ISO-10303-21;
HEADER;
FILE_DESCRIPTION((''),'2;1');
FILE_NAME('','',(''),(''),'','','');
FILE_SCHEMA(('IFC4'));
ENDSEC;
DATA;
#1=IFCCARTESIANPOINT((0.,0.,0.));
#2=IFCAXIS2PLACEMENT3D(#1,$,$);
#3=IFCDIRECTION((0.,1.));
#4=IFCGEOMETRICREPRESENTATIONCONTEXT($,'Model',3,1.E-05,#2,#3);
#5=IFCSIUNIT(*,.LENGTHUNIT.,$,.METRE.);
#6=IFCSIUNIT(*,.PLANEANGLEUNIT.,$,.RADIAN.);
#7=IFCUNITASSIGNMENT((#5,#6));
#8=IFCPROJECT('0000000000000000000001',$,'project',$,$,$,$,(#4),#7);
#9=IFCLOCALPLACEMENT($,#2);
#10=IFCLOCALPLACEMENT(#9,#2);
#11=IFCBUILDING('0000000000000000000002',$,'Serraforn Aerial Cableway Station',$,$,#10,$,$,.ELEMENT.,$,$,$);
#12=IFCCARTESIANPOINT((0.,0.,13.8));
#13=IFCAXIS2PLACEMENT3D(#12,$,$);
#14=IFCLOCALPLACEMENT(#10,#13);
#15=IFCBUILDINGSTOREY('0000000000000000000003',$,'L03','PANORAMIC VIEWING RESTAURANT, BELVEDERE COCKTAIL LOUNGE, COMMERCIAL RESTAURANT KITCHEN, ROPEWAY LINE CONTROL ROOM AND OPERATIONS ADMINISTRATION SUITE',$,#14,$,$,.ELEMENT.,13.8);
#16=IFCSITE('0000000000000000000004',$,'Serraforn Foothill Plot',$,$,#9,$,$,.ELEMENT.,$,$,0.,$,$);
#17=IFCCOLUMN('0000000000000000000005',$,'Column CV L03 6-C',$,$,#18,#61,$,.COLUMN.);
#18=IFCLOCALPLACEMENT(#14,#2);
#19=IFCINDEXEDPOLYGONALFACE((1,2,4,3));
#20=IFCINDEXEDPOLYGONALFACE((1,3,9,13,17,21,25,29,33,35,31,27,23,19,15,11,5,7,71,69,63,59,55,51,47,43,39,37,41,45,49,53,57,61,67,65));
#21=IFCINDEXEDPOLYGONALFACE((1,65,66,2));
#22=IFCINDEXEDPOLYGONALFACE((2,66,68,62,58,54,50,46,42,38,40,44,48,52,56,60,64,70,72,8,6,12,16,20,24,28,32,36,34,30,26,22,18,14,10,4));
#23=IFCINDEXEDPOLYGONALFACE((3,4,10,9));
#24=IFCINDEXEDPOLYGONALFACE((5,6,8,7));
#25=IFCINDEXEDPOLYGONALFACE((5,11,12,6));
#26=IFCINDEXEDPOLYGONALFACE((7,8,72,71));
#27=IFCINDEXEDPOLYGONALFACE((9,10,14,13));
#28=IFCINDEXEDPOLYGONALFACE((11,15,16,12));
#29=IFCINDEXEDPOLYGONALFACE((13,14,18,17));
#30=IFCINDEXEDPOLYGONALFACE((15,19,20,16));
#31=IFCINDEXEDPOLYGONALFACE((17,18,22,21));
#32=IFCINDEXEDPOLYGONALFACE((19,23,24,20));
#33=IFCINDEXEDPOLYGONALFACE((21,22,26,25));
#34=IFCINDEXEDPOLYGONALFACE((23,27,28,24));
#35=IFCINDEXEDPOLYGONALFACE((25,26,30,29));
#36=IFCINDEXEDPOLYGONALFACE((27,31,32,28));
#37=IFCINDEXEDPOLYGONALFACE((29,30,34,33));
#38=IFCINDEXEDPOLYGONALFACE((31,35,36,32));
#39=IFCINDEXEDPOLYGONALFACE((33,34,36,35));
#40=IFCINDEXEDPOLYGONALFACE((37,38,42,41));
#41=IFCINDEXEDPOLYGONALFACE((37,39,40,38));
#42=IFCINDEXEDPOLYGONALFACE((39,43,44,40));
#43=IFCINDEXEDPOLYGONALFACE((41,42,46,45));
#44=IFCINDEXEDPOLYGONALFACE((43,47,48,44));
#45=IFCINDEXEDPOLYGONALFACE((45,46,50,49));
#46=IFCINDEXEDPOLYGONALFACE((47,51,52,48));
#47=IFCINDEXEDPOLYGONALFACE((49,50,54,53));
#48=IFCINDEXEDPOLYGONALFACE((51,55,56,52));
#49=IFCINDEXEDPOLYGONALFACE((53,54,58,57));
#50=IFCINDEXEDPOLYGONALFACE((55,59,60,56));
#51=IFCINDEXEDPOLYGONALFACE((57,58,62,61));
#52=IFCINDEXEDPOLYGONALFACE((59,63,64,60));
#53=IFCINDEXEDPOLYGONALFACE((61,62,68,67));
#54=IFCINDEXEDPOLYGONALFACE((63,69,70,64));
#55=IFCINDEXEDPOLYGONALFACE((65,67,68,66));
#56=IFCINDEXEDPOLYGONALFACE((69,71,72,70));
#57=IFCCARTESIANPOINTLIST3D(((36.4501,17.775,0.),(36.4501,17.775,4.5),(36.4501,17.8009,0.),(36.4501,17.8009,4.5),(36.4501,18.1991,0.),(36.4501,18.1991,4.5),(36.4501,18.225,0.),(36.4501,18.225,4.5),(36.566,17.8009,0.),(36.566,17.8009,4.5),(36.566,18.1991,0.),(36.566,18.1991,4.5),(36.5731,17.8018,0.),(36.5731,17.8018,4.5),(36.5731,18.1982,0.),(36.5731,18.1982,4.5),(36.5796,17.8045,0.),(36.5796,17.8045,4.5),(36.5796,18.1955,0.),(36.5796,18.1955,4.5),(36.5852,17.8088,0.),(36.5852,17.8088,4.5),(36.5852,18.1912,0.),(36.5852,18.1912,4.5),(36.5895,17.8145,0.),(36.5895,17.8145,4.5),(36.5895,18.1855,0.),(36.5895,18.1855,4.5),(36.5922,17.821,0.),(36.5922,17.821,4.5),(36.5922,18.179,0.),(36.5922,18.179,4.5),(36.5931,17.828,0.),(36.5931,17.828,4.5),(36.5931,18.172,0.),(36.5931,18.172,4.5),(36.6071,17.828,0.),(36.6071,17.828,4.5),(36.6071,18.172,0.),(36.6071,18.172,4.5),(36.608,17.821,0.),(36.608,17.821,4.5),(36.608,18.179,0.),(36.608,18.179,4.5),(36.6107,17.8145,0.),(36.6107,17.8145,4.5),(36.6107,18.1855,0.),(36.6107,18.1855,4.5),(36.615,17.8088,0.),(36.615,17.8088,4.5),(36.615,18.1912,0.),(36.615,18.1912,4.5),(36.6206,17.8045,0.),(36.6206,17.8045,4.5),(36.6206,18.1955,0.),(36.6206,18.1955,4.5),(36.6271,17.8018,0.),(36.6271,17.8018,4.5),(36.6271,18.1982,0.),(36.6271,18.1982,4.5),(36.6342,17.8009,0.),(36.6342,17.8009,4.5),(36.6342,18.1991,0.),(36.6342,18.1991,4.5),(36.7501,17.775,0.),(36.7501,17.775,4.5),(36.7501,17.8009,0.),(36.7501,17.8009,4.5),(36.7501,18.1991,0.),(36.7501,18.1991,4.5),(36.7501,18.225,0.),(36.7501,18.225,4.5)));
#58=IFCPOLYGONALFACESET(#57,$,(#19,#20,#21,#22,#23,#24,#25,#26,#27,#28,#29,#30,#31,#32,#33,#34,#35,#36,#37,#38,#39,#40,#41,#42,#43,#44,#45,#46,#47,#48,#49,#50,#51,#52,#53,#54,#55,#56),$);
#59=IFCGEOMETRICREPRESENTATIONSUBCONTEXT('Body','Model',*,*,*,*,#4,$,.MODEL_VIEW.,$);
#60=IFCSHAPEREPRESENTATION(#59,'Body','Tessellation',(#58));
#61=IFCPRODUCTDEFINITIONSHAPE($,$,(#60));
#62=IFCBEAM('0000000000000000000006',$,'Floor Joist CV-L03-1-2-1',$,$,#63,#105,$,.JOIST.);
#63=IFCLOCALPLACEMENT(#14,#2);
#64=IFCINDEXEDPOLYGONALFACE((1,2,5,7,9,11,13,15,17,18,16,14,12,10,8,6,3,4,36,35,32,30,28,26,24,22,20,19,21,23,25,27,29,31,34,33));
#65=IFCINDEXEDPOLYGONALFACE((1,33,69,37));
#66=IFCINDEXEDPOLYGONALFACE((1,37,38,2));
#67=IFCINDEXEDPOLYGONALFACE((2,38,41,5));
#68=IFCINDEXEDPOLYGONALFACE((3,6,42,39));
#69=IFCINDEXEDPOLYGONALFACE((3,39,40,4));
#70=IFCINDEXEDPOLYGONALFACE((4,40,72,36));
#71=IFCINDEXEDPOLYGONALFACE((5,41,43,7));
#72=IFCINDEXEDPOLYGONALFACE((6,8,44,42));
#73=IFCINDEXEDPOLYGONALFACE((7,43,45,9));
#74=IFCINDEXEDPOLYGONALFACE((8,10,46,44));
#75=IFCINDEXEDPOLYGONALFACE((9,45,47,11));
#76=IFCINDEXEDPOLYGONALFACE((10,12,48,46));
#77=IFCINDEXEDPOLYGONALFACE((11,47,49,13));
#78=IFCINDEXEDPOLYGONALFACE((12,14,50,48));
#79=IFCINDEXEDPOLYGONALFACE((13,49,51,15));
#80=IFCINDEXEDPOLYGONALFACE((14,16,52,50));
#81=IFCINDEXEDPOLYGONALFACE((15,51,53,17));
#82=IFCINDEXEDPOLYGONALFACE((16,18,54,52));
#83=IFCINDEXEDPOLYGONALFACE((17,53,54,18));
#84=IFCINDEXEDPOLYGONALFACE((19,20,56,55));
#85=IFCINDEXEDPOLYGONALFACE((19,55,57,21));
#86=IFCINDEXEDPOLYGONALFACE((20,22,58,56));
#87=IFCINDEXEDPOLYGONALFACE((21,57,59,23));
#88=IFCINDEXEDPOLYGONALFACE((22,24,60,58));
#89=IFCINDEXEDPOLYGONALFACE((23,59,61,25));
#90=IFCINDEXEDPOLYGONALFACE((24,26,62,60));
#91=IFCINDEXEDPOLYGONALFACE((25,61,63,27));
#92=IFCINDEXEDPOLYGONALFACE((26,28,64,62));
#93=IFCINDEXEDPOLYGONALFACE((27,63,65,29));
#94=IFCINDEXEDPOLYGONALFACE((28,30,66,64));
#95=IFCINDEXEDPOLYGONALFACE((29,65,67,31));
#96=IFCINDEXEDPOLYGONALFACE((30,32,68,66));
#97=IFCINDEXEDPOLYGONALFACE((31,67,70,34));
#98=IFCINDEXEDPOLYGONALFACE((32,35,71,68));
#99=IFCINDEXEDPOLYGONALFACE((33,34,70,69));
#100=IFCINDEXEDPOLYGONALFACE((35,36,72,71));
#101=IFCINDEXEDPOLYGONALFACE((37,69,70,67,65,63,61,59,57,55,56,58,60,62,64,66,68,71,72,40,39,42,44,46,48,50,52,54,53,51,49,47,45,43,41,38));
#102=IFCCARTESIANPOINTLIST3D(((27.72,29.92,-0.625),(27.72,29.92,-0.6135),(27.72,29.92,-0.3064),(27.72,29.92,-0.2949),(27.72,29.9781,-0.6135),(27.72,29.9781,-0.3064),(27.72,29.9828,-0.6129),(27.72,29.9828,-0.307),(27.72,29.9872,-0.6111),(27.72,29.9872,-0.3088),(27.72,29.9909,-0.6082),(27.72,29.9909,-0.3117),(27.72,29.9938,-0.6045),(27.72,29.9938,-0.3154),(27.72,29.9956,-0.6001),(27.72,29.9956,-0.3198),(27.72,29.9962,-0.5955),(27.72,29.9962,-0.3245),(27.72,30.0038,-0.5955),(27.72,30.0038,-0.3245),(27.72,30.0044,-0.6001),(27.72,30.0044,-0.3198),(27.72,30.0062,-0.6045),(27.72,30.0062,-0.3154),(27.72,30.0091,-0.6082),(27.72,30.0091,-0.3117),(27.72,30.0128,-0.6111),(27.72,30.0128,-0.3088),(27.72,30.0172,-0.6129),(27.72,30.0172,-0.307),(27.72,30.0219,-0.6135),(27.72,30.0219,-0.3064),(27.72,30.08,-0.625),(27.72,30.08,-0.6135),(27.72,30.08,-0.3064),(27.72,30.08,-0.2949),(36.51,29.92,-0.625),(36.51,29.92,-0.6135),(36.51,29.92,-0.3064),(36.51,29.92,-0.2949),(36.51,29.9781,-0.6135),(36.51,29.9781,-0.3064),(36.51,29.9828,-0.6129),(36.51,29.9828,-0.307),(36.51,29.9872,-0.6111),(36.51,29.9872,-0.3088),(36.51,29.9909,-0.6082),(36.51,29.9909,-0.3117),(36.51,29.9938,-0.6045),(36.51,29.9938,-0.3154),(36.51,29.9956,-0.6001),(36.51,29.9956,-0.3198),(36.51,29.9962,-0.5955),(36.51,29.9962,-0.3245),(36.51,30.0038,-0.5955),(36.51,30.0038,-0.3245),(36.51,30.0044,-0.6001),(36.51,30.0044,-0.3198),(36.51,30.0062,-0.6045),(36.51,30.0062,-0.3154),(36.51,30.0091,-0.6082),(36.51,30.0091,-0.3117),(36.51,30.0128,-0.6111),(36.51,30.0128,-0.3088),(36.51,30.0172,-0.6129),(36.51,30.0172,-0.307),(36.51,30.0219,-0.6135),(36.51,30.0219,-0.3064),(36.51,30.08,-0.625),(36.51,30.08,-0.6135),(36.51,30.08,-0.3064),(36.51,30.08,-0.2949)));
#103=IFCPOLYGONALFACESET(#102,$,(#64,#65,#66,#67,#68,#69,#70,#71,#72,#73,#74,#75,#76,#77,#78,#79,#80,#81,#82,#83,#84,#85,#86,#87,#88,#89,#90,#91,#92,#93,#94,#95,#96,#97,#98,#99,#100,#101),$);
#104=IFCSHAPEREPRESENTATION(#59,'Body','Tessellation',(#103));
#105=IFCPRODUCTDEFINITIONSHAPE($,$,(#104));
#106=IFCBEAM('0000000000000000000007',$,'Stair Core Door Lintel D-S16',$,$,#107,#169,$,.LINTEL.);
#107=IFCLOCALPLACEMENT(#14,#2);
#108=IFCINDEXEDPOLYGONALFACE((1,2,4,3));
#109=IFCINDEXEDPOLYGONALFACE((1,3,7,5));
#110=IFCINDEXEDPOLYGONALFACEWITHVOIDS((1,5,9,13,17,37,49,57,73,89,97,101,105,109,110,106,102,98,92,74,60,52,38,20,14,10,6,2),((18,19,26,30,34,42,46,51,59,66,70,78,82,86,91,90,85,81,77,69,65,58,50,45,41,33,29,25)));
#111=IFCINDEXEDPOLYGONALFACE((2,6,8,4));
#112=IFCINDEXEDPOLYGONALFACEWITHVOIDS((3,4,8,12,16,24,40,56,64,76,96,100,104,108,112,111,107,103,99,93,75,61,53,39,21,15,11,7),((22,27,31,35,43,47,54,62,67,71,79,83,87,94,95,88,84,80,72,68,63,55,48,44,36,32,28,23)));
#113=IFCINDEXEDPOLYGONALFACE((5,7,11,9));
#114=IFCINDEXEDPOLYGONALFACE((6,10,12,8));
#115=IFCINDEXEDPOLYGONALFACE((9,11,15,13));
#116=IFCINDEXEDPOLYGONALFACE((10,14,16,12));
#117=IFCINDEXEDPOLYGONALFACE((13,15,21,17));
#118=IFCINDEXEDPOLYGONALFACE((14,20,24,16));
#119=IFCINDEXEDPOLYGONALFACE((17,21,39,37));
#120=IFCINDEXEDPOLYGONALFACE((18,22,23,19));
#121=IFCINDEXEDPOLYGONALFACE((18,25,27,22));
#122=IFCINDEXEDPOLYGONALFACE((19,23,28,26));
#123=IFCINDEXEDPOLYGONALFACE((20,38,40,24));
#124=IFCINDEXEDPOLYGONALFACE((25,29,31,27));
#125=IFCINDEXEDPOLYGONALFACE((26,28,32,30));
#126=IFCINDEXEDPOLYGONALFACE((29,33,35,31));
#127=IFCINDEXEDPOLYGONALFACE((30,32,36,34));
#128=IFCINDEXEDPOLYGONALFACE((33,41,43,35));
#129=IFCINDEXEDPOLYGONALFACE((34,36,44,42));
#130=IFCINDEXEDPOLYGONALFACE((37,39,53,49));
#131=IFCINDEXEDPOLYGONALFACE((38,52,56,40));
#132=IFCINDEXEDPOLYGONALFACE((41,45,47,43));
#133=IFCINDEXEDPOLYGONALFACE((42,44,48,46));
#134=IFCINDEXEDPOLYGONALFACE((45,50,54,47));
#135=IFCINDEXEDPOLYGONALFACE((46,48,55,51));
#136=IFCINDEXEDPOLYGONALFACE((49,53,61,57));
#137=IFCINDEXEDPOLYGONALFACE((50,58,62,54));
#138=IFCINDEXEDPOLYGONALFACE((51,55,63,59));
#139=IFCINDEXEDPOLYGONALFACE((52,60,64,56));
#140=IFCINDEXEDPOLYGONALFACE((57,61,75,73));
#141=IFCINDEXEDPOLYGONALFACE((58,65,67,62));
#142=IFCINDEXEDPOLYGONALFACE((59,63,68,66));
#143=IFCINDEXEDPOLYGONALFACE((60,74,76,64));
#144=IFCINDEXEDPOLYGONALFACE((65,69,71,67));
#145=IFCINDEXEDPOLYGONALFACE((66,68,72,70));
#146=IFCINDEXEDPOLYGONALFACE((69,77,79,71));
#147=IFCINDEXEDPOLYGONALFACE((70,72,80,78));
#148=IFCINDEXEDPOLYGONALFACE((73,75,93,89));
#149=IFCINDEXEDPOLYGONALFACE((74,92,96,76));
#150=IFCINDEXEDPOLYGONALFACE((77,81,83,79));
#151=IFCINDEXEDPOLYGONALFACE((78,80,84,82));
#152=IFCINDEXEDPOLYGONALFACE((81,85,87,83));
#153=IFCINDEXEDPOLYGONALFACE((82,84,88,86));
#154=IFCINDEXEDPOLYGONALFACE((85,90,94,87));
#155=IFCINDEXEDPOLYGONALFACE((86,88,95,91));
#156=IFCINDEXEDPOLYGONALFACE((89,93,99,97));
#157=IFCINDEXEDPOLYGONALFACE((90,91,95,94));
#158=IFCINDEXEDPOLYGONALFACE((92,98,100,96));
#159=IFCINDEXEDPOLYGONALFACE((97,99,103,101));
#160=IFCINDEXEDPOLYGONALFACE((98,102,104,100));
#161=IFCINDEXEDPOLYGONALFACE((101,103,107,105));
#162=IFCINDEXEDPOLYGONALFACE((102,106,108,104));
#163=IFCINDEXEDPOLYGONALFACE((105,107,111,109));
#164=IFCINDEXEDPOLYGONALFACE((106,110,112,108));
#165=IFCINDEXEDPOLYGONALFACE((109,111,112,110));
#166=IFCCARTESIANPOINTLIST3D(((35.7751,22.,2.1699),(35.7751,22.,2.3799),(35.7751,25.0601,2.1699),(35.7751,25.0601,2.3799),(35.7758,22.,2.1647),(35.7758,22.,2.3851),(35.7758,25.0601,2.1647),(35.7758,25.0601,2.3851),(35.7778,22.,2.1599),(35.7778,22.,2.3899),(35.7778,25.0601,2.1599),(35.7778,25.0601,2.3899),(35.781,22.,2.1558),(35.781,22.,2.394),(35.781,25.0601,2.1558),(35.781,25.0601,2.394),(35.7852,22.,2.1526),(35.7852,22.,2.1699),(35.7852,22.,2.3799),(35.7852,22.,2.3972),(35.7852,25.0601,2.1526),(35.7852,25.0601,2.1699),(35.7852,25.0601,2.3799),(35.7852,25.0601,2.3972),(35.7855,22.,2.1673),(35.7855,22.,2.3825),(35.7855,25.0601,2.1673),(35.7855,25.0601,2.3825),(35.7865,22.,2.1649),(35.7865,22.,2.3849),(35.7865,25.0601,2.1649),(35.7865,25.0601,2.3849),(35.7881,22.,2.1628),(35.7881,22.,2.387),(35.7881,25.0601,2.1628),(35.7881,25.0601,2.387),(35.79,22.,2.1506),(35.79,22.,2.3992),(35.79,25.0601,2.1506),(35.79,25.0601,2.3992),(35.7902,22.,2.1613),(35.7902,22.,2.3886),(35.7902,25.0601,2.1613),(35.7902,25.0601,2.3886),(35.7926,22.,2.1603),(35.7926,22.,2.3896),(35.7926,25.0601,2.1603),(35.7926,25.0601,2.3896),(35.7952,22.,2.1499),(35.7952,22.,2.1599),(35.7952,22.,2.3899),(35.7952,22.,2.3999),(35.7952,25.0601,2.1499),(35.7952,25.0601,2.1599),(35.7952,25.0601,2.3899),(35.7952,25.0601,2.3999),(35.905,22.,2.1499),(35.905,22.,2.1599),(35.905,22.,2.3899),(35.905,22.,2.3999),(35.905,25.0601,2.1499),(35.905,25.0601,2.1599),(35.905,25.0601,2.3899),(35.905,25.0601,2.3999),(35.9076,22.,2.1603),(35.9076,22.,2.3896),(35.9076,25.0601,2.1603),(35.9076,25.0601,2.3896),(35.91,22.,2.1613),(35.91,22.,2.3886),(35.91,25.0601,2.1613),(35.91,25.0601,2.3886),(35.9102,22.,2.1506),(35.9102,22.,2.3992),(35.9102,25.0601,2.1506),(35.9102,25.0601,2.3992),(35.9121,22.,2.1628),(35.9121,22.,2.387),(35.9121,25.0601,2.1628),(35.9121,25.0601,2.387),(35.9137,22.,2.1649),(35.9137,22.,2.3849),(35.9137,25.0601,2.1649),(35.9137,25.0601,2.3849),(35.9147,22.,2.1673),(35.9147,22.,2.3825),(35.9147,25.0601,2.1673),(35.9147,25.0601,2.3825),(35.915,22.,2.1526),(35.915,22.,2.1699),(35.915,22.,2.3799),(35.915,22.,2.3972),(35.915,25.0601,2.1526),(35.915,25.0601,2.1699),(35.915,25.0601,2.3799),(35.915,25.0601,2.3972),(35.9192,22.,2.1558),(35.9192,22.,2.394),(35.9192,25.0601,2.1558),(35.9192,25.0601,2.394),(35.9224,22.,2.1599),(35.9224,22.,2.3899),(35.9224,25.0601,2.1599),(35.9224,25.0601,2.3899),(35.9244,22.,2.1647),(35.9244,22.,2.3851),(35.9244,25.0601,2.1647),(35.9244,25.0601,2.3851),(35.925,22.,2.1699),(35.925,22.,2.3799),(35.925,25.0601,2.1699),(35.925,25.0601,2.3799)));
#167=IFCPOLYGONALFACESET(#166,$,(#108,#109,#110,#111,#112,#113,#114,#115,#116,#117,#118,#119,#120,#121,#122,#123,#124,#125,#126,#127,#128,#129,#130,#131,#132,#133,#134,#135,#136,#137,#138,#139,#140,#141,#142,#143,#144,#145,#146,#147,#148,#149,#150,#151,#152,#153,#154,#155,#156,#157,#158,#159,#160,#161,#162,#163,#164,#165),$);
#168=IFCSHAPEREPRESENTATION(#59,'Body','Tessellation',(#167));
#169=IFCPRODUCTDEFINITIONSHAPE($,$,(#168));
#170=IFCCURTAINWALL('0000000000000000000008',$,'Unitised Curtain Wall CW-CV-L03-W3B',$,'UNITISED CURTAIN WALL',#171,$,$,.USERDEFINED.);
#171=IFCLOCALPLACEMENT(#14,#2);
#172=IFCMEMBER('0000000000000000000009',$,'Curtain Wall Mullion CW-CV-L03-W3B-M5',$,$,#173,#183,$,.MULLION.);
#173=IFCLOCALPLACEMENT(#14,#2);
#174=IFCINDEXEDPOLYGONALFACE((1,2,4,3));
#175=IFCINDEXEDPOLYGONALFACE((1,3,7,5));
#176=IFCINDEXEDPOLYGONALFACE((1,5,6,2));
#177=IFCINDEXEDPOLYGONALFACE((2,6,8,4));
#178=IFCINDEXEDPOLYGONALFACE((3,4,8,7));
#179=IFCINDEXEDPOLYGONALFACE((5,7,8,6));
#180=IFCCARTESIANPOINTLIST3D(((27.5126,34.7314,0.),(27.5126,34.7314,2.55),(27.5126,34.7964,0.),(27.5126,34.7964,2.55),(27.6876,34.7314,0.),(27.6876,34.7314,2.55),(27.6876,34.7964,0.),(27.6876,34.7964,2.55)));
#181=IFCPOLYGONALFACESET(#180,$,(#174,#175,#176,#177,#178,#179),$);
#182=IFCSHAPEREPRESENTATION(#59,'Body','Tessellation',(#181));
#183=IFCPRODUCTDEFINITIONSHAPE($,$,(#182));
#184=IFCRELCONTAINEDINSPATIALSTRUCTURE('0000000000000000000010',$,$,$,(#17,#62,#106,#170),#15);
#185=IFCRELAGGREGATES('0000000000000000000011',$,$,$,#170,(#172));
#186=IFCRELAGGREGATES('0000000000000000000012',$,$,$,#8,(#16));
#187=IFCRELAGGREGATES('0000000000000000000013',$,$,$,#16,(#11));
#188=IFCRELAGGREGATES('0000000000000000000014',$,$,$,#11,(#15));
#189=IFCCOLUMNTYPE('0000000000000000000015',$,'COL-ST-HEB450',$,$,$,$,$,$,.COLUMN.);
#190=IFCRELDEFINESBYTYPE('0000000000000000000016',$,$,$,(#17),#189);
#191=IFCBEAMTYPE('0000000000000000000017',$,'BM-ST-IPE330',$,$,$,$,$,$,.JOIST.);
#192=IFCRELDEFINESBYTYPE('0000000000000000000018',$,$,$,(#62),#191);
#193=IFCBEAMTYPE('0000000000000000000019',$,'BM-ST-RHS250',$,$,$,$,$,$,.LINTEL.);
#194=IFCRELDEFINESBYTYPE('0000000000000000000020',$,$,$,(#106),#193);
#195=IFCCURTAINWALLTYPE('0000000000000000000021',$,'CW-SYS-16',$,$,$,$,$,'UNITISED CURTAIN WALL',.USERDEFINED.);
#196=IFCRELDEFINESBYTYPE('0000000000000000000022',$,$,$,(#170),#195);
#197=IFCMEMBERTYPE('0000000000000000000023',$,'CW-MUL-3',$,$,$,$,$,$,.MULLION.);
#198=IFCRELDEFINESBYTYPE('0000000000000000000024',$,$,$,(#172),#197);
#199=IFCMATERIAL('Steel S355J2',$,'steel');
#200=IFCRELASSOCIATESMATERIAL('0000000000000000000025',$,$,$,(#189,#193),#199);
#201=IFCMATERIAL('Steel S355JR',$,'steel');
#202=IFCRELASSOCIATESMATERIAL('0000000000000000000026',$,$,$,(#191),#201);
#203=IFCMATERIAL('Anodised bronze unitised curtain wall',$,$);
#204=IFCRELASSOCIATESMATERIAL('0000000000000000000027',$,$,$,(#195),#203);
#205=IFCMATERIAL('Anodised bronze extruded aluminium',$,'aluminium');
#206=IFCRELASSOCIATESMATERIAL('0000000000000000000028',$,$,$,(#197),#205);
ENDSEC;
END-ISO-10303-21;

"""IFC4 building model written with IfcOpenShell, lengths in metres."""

from ifc_helpers import new_model, si_unit, direction, frame, origin, origin_2d, place, context, subcontext, project, spatial, rectangle, hollow_rectangle, i_section, extrude, material, material_profile, profile_set, type_object, element, aggregate, save


model = new_model("IFC4")

# Units and contexts
model_context = context("Model", 3, precision=1e-05, world=origin(), true_north=direction((0.0, 1.0)))
body_context = subcontext(model_context, "Body", "Model", "MODEL_VIEW")
ifc_project = project(units=[si_unit("LENGTHUNIT", "METRE"), si_unit("PLANEANGLEUNIT", "RADIAN")], contexts=[model_context])

# Site, building, storey
site_placement = place(None, origin())
site = spatial("IfcSite", under=ifc_project, at=site_placement, Name="Serraforn Foothill Plot", CompositionType="ELEMENT", RefElevation=0.0)
building_placement = place(site_placement, origin())
building = spatial("IfcBuilding", under=site, at=building_placement, Name="Serraforn Aerial Cableway Station", CompositionType="ELEMENT")
storey_placement = place(building_placement, frame((0.0, 0.0, 13.8)))
storey = spatial("IfcBuildingStorey", under=building, at=storey_placement, Name="L03", Description="PANORAMIC VIEWING RESTAURANT, BELVEDERE COCKTAIL LOUNGE, COMMERCIAL RESTAURANT KITCHEN, ROPEWAY LINE CONTROL ROOM AND OPERATIONS ADMINISTRATION SUITE", CompositionType="ELEMENT", Elevation=13.8)

# Column
ifc_material_1 = material(Name="Steel S355J2", Category="steel")
ifc_material_profile_1 = material_profile(ifc_material_1, i_section(OverallWidth=0.3, OverallDepth=0.45, WebThickness=0.0139, FlangeThickness=0.0259, FilletRadius=0.0271, at=origin_2d()), Name="HEB 450")
ifc_profile_set_1 = profile_set([ifc_material_profile_1], Name="Steel S355J2")
column_type = type_object("IfcColumnType", Name="COL-ST-HEB450", PredefinedType="COLUMN", material=ifc_profile_set_1)
column_placement = place(storey_placement, frame((36.6001, 18.0, 0.0), z_axis=(0.0, 0.0, 1.0), x_axis=(1.0, 0.0, 0.0)))
element("IfcColumn", 1, at=column_placement, inside=storey, type_object=column_type, Name="Column CV L03 6-C", PredefinedType="COLUMN", context=body_context, shape_type="SweptSolid", body=[
    extrude(i_section(OverallWidth=0.3, OverallDepth=0.45, WebThickness=0.0139, FlangeThickness=0.0259, FilletRadius=0.0271, at=origin_2d()), origin(), (0.0, 0.0, 1.0), 4.5),
])

# Beams
ifc_material_2 = material(Name="Steel S355JR", Category="steel")
ifc_material_profile_2 = material_profile(ifc_material_2, i_section(OverallWidth=0.1599, OverallDepth=0.3301, WebThickness=0.0076, FlangeThickness=0.0115, FilletRadius=0.0181, at=origin_2d()), Name="IPE 330")
ifc_profile_set_2 = profile_set([ifc_material_profile_2], Name="Steel S355JR")
beam_type_1 = type_object("IfcBeamType", Name="BM-ST-IPE330", PredefinedType="JOIST", material=ifc_profile_set_2)
beam_1_placement = place(storey_placement, frame((27.72, 30.0, -0.46), z_axis=(1.0, 0.0, 0.0), x_axis=(0.0, 1.0, 0.0)))
element("IfcBeam", 2, at=beam_1_placement, inside=storey, type_object=beam_type_1, Name="Floor Joist CV-L03-1-2-1", PredefinedType="JOIST", context=body_context, shape_type="SweptSolid", body=[
    extrude(i_section(OverallWidth=0.1599, OverallDepth=0.3301, WebThickness=0.0076, FlangeThickness=0.0115, FilletRadius=0.0181, at=origin_2d()), origin(), (0.0, 0.0, 1.0), 8.79),
])
ifc_material_profile_3 = material_profile(ifc_material_1, hollow_rectangle(XDim=0.1499, YDim=0.25, WallThickness=0.01, InnerFilletRadius=0.01, OuterFilletRadius=0.02, at=origin_2d()), Name="RHS 250x150x10.0")
ifc_profile_set_3 = profile_set([ifc_material_profile_3], Name="Steel S355J2")
beam_type_2 = type_object("IfcBeamType", Name="BM-ST-RHS250", PredefinedType="LINTEL", material=ifc_profile_set_3)
beam_2_placement = place(storey_placement, frame((35.8501, 25.0601, 2.2749), z_axis=(0.0, -1.0, 0.0), x_axis=(1.0, 0.0, 0.0)))
element("IfcBeam", 3, at=beam_2_placement, inside=storey, type_object=beam_type_2, Name="Stair Core Door Lintel D-S16", PredefinedType="LINTEL", context=body_context, shape_type="SweptSolid", body=[
    extrude(hollow_rectangle(XDim=0.1499, YDim=0.25, WallThickness=0.01, InnerFilletRadius=0.01, OuterFilletRadius=0.02, at=origin_2d()), origin(), (0.0, 0.0, 1.0), 3.0601),
])

# Curtain wall, member
ifc_material_3 = material(Name="Anodised bronze unitised curtain wall")
curtain_wall_type = type_object("IfcCurtainWallType", Name="CW-SYS-16", ElementType="UNITISED CURTAIN WALL", PredefinedType="USERDEFINED", material=ifc_material_3)
curtain_wall_placement = place(storey_placement, origin())
curtain_wall = element("IfcCurtainWall", 4, at=curtain_wall_placement, inside=storey, type_object=curtain_wall_type, Name="Unitised Curtain Wall CW-CV-L03-W3B", ObjectType="UNITISED CURTAIN WALL", PredefinedType="USERDEFINED")
ifc_material_4 = material(Name="Anodised bronze extruded aluminium", Category="aluminium")
ifc_material_profile_4 = material_profile(ifc_material_4, rectangle(XDim=0.0649, YDim=0.175, at=origin_2d()), Name="CW MULLION 65x175")
ifc_profile_set_4 = profile_set([ifc_material_profile_4], Name="Anodised bronze extruded aluminium")
member_type_1 = type_object("IfcMemberType", Name="CW-MUL-3", PredefinedType="MULLION", material=ifc_profile_set_4)
member_1_placement = place(storey_placement, frame((27.6001, 34.7639, 0.0), z_axis=(0.0, 0.0, 1.0), x_axis=(0.0, -1.0, 0.0)))
member_1 = element("IfcMember", 5, at=member_1_placement, type_object=member_type_1, Name="Curtain Wall Mullion CW-CV-L03-W3B-M5", PredefinedType="MULLION", context=body_context, shape_type="SweptSolid", body=[
    extrude(rectangle(XDim=0.0649, YDim=0.175, at=origin_2d()), origin(), (0.0, 0.0, 1.0), 2.55),
])
aggregate(curtain_wall, [member_1])

save(model, "model.ifc")
